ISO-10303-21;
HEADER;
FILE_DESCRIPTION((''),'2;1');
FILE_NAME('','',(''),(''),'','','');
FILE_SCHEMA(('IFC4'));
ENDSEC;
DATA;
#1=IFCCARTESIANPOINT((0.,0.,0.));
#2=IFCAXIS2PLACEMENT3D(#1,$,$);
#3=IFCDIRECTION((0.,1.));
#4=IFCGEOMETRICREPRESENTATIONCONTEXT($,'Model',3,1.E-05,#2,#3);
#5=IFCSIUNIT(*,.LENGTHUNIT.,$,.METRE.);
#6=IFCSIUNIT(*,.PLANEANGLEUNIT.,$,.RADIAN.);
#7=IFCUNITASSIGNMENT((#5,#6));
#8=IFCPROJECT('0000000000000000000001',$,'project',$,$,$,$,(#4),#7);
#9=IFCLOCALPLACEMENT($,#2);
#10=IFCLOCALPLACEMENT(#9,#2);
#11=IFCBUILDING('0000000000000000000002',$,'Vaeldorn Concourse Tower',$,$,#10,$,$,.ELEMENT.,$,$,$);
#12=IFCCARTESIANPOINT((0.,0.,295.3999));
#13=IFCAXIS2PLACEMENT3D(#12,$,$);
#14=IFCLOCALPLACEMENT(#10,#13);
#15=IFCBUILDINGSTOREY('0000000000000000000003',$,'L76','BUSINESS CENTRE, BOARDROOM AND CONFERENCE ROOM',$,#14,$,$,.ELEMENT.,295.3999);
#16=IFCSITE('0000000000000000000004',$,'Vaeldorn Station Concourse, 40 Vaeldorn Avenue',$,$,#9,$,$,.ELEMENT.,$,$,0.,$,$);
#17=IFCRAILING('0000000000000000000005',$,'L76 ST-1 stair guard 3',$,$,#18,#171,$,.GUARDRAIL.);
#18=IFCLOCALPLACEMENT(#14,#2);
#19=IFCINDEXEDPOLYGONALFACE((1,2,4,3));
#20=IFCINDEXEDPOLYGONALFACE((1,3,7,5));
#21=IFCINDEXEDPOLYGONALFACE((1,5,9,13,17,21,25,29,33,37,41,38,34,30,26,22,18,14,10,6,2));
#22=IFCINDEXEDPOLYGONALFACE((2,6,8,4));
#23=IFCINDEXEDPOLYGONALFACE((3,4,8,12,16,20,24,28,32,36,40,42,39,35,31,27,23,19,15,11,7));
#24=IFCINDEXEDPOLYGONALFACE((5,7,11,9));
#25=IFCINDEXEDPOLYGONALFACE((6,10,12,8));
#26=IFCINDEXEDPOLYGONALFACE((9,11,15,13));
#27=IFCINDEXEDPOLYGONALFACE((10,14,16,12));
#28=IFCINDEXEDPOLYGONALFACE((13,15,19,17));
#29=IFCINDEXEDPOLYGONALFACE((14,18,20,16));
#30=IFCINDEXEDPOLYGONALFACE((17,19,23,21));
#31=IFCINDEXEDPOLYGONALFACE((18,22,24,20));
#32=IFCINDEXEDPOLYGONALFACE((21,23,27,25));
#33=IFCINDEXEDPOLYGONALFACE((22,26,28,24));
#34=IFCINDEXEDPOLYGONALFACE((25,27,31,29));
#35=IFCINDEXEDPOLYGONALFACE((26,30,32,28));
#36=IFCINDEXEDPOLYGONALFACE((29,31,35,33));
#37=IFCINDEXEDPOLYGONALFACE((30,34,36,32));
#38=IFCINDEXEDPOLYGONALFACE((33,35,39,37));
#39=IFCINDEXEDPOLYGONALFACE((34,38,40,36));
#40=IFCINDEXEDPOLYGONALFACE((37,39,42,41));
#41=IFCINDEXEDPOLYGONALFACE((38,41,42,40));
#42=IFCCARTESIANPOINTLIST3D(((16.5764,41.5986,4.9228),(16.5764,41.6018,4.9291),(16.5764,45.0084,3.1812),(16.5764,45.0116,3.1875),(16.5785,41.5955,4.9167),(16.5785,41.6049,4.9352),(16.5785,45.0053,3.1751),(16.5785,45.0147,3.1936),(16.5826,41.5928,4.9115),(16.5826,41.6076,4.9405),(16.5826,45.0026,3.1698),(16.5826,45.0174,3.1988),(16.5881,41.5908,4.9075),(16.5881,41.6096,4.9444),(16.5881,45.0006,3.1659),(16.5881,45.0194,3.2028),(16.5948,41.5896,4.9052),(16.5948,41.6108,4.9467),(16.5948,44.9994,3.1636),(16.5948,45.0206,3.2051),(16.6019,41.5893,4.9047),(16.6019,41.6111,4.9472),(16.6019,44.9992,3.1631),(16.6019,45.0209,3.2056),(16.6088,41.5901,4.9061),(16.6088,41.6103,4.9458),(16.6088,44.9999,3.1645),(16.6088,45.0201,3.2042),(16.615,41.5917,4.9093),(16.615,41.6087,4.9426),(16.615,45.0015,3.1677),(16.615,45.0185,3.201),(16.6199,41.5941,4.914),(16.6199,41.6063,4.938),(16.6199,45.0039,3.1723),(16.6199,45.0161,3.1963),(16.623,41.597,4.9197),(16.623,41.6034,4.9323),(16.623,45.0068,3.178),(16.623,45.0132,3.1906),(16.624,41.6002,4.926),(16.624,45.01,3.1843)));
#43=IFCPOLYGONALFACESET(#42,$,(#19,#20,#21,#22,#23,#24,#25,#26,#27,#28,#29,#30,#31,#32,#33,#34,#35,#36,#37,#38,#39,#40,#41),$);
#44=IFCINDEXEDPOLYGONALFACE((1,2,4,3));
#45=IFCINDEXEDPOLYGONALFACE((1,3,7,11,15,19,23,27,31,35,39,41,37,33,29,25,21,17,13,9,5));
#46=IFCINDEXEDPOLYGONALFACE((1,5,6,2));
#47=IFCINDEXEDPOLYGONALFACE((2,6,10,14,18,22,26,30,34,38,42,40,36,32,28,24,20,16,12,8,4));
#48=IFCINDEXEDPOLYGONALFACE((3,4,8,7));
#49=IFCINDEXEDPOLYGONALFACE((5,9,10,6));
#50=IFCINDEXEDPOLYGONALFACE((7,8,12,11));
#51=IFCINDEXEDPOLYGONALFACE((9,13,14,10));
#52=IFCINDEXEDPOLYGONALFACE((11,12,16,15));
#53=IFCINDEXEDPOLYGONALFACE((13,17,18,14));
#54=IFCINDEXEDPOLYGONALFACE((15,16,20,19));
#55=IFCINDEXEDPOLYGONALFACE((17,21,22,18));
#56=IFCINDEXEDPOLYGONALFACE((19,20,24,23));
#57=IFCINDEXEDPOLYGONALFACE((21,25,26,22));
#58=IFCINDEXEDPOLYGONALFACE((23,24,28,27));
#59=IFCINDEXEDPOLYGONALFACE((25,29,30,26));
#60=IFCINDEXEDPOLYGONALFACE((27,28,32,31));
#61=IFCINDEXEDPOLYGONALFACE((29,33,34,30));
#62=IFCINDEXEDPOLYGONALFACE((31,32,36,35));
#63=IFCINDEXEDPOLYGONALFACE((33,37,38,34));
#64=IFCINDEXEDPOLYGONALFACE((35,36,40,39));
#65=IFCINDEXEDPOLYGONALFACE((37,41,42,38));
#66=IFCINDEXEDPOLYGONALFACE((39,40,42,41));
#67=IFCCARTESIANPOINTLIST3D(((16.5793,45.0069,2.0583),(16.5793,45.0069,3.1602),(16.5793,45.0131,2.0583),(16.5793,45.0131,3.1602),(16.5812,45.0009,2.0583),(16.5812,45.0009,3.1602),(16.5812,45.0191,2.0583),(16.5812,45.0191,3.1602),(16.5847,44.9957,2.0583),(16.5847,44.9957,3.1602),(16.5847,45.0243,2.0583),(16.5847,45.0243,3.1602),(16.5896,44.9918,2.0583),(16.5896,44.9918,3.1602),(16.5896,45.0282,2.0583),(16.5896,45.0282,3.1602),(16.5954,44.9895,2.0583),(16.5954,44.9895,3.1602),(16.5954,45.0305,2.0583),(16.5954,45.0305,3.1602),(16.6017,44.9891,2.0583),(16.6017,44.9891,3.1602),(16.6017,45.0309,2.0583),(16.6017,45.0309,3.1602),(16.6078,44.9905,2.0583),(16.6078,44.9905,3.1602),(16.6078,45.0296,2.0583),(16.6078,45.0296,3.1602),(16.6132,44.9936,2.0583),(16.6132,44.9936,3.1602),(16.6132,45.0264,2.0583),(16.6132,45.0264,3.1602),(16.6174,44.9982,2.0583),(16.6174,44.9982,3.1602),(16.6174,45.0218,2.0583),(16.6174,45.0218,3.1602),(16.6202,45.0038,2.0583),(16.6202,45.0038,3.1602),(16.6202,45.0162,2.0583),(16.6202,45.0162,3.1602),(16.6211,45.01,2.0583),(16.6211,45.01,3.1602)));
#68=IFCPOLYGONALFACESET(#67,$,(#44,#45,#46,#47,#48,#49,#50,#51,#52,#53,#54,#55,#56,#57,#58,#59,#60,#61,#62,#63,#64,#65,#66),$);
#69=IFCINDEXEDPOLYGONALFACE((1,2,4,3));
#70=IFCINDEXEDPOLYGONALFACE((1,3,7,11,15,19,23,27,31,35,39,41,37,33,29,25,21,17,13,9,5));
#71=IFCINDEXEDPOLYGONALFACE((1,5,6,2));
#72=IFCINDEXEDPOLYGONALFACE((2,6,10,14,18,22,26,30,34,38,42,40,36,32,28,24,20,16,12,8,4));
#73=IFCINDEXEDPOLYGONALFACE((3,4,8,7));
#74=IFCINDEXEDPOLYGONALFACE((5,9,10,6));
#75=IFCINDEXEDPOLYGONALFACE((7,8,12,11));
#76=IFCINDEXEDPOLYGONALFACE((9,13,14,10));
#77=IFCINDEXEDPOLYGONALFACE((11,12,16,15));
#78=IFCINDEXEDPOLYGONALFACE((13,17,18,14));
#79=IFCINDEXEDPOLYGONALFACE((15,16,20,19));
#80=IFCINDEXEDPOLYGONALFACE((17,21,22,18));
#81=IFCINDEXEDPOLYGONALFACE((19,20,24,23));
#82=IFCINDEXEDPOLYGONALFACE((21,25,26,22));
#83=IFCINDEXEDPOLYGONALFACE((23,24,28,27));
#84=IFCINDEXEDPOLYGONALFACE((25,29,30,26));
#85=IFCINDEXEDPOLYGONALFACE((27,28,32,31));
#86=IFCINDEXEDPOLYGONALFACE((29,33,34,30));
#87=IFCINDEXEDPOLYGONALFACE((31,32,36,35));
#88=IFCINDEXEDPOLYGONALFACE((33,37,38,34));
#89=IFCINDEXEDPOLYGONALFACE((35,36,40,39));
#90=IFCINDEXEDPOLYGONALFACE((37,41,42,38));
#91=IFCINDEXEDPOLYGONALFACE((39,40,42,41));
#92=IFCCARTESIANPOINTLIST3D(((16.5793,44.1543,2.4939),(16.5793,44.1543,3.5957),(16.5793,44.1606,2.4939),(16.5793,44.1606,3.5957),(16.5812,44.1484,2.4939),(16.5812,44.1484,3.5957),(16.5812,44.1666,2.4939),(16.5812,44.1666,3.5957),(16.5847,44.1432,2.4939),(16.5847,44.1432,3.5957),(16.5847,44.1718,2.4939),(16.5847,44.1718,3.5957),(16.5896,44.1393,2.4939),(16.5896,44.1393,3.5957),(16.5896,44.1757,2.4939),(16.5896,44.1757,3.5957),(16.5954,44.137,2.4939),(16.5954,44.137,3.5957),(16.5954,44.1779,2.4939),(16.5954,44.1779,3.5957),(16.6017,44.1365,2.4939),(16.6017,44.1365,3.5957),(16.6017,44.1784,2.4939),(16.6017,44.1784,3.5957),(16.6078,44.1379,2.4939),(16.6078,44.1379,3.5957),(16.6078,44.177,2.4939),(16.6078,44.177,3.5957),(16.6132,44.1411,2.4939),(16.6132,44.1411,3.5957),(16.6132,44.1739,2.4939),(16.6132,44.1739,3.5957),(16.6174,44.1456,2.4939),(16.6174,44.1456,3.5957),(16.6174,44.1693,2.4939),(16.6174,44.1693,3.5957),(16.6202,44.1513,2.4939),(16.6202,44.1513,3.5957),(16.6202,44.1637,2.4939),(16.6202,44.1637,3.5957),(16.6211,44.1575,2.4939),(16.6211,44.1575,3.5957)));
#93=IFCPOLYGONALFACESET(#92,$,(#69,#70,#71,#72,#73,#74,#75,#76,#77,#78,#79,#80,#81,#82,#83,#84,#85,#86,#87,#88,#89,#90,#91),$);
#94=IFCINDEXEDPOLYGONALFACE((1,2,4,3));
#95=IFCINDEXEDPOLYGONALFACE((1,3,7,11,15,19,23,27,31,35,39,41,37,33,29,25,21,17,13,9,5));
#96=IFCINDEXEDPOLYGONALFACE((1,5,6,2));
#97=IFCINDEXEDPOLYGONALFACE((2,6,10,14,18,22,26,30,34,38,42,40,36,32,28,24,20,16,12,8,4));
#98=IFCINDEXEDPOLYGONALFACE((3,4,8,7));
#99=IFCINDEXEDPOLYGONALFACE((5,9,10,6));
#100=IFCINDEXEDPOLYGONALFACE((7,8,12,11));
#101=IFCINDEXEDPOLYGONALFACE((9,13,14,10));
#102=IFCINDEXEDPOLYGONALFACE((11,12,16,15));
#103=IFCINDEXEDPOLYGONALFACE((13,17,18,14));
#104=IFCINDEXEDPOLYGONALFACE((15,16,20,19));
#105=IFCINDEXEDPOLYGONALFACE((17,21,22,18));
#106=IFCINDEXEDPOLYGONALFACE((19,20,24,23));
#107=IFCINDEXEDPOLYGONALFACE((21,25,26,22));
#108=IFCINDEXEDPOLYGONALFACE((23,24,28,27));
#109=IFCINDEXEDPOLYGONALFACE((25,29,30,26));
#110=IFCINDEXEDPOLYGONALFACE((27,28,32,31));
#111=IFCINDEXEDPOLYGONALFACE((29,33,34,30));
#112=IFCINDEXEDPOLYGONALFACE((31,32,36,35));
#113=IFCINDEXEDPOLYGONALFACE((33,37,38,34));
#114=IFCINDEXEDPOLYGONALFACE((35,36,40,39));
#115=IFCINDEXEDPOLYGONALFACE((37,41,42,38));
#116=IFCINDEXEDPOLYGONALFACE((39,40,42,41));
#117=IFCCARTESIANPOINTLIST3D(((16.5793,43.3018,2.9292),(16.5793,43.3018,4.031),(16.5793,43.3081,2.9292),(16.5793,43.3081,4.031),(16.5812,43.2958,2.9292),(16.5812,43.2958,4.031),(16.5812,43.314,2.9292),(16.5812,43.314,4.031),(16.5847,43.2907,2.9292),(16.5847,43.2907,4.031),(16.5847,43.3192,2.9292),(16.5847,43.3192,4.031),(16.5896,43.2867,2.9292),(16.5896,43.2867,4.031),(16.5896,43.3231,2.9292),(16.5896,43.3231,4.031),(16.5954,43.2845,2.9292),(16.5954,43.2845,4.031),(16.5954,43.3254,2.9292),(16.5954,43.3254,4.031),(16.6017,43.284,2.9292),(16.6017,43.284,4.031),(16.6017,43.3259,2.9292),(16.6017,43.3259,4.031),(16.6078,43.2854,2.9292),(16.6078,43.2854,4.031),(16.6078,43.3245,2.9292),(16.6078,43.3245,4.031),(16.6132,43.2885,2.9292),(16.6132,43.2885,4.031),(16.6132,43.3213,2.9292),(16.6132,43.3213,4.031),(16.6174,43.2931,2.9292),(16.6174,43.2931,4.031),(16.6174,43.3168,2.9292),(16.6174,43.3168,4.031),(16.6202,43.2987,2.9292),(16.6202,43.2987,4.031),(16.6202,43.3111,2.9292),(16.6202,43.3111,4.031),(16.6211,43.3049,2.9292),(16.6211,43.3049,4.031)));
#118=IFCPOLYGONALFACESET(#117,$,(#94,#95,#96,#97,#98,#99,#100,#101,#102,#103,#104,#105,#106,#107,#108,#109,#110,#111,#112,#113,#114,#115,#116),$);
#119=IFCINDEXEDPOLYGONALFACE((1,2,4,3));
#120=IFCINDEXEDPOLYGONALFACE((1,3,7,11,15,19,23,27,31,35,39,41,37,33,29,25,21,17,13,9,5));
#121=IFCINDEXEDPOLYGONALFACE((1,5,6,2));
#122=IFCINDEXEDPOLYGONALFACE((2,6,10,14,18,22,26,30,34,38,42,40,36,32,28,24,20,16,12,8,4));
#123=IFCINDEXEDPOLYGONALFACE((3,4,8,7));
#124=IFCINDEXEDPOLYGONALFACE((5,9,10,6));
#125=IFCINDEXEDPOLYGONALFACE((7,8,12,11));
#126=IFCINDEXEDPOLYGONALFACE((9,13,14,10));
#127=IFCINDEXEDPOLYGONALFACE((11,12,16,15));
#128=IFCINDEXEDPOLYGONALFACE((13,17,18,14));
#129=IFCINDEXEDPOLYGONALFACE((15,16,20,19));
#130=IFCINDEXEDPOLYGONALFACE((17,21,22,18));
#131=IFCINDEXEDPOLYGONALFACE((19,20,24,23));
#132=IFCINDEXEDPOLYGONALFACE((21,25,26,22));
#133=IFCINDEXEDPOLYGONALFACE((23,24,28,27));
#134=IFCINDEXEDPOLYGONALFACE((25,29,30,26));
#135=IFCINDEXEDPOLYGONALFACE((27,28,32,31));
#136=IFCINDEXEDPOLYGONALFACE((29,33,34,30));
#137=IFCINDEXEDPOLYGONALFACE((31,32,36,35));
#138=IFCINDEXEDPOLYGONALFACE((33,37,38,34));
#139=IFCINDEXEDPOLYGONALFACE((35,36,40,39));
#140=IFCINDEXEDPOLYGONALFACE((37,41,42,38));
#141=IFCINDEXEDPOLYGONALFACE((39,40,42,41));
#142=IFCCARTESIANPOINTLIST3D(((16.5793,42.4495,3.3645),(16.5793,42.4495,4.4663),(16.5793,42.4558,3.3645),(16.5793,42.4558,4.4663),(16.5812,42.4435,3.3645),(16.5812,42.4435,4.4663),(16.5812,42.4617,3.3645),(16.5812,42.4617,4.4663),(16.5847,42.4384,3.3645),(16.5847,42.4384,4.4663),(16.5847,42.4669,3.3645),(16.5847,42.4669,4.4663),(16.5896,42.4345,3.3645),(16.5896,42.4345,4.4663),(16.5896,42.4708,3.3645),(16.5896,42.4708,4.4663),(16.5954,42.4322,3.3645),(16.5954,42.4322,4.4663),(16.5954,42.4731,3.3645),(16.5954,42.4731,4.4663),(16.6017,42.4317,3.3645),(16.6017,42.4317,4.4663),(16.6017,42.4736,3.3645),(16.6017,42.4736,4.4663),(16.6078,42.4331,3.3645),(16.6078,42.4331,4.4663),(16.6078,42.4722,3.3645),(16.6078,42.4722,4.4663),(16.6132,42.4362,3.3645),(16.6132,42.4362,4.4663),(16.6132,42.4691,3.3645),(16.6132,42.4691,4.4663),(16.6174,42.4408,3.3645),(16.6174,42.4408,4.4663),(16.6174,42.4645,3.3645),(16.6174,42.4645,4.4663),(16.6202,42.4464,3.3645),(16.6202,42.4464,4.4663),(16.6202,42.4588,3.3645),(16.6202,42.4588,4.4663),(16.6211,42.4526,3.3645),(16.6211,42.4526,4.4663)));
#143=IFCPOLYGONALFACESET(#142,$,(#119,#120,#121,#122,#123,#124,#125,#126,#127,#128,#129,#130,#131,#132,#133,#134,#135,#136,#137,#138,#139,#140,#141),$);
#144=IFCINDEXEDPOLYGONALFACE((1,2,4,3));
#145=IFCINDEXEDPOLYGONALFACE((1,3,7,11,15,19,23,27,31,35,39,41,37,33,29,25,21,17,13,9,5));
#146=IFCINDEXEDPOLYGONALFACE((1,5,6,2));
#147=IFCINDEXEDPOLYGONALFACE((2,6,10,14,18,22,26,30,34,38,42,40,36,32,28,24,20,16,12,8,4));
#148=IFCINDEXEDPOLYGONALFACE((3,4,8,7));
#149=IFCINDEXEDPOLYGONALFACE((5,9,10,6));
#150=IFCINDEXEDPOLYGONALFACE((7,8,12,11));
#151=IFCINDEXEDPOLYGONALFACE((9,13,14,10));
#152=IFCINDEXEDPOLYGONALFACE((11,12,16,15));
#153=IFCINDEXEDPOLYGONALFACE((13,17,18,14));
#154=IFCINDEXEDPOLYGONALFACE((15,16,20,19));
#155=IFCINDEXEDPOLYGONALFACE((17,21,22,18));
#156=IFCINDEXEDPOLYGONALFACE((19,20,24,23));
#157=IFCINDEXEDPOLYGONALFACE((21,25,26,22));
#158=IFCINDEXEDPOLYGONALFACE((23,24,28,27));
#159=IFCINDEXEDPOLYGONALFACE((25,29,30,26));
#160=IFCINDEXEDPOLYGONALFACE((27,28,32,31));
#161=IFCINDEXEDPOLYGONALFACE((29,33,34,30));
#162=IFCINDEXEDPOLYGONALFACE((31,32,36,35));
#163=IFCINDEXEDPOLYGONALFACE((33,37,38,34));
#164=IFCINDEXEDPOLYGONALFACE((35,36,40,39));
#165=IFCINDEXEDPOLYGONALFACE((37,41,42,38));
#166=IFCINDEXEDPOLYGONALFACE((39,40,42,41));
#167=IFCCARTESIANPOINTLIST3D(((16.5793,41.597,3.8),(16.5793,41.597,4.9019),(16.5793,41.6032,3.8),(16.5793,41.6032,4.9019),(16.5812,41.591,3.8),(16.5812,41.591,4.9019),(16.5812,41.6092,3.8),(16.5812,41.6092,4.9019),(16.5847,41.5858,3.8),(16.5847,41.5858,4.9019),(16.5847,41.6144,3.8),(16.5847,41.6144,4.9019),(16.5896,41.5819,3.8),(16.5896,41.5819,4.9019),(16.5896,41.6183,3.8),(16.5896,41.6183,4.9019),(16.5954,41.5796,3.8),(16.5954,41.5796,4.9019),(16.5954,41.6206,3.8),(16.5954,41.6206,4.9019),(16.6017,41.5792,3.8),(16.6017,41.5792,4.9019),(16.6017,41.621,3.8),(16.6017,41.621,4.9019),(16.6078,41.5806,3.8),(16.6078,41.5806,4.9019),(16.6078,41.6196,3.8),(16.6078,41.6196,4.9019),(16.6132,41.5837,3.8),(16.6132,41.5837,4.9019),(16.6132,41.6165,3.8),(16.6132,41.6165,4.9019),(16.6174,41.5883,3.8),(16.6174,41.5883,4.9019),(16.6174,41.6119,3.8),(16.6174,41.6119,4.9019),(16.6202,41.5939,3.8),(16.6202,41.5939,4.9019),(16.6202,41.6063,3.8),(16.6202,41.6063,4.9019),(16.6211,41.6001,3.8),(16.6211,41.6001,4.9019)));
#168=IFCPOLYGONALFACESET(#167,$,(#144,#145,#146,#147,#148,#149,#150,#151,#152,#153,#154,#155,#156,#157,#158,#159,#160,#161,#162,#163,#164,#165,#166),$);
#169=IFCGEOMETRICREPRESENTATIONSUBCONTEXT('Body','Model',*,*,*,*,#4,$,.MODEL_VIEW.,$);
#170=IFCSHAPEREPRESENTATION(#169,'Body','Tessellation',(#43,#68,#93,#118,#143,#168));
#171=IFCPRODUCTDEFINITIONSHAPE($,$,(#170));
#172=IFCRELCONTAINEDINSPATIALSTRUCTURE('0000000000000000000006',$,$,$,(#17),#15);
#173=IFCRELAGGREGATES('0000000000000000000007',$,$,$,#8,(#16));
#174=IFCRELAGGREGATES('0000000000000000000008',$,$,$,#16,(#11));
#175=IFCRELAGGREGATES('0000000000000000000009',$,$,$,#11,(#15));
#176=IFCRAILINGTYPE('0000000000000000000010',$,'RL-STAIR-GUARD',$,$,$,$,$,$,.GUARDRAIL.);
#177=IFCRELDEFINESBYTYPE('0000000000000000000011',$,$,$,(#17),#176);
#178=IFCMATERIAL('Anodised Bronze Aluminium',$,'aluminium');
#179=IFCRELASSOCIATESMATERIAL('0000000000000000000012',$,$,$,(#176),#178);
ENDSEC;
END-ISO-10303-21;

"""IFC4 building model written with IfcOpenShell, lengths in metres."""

from ifc_helpers import new_model, si_unit, direction, frame, origin, origin_2d, place, context, subcontext, project, spatial, circle, extrude, material, type_object, element, save


model = new_model("IFC4")

# Units and contexts
model_context = context("Model", 3, precision=1e-05, world=origin(), true_north=direction((0.0, 1.0)))
body_context = subcontext(model_context, "Body", "Model", "MODEL_VIEW")
ifc_project = project(units=[si_unit("LENGTHUNIT", "METRE"), si_unit("PLANEANGLEUNIT", "RADIAN")], contexts=[model_context])

# Site, building, storey
site_placement = place(None, origin())
site = spatial("IfcSite", under=ifc_project, at=site_placement, Name="Vaeldorn Station Concourse, 40 Vaeldorn Avenue", CompositionType="ELEMENT", RefElevation=0.0)
building_placement = place(site_placement, origin())
building = spatial("IfcBuilding", under=site, at=building_placement, Name="Vaeldorn Concourse Tower", CompositionType="ELEMENT")
storey_placement = place(building_placement, frame((0.0, 0.0, 295.3999)))
storey = spatial("IfcBuildingStorey", under=building, at=storey_placement, Name="L76", Description="BUSINESS CENTRE, BOARDROOM AND CONFERENCE ROOM", CompositionType="ELEMENT", Elevation=295.3999)

# Shared definitions
ifc_material_1 = material(Name="Anodised Bronze Aluminium", Category="aluminium")

# Railing
railing_type_1 = type_object("IfcRailingType", Name="RL-STAIR-GUARD", PredefinedType="GUARDRAIL", material=ifc_material_1)
railing_1_placement = place(storey_placement, frame((16.6001, 45.01, 2.0583)))
element("IfcRailing", 1, at=railing_1_placement, inside=storey, type_object=railing_type_1, Name="L76 ST-1 stair guard 3", PredefinedType="GUARDRAIL", context=body_context, shape_type="SweptSolid", body=[
    extrude(circle(Radius=0.0239, at=origin_2d()), frame((0.0, 0.0, 1.126), z_axis=(0.0, -0.890556, 0.454874), x_axis=(1.0, 0.0, 0.0)), (0.0, 0.0, 1.0), 3.8289),
    extrude(circle(Radius=0.021, at=origin_2d()), origin(), (0.0, 0.0, 1.0), 1.1018),
    extrude(circle(Radius=0.021, at=origin_2d()), frame((0.0, -0.8525, 0.4355)), (0.0, 0.0, 1.0), 1.1018),
    extrude(circle(Radius=0.021, at=origin_2d()), frame((0.0, -1.7051, 0.8708)), (0.0, 0.0, 1.0), 1.1018),
    extrude(circle(Radius=0.021, at=origin_2d()), frame((0.0, -2.5574, 1.3062)), (0.0, 0.0, 1.0), 1.1018),
    extrude(circle(Radius=0.021, at=origin_2d()), frame((0.0, -3.4099, 1.7417)), (0.0, 0.0, 1.0), 1.1018),
])

save(model, "model.ifc")
